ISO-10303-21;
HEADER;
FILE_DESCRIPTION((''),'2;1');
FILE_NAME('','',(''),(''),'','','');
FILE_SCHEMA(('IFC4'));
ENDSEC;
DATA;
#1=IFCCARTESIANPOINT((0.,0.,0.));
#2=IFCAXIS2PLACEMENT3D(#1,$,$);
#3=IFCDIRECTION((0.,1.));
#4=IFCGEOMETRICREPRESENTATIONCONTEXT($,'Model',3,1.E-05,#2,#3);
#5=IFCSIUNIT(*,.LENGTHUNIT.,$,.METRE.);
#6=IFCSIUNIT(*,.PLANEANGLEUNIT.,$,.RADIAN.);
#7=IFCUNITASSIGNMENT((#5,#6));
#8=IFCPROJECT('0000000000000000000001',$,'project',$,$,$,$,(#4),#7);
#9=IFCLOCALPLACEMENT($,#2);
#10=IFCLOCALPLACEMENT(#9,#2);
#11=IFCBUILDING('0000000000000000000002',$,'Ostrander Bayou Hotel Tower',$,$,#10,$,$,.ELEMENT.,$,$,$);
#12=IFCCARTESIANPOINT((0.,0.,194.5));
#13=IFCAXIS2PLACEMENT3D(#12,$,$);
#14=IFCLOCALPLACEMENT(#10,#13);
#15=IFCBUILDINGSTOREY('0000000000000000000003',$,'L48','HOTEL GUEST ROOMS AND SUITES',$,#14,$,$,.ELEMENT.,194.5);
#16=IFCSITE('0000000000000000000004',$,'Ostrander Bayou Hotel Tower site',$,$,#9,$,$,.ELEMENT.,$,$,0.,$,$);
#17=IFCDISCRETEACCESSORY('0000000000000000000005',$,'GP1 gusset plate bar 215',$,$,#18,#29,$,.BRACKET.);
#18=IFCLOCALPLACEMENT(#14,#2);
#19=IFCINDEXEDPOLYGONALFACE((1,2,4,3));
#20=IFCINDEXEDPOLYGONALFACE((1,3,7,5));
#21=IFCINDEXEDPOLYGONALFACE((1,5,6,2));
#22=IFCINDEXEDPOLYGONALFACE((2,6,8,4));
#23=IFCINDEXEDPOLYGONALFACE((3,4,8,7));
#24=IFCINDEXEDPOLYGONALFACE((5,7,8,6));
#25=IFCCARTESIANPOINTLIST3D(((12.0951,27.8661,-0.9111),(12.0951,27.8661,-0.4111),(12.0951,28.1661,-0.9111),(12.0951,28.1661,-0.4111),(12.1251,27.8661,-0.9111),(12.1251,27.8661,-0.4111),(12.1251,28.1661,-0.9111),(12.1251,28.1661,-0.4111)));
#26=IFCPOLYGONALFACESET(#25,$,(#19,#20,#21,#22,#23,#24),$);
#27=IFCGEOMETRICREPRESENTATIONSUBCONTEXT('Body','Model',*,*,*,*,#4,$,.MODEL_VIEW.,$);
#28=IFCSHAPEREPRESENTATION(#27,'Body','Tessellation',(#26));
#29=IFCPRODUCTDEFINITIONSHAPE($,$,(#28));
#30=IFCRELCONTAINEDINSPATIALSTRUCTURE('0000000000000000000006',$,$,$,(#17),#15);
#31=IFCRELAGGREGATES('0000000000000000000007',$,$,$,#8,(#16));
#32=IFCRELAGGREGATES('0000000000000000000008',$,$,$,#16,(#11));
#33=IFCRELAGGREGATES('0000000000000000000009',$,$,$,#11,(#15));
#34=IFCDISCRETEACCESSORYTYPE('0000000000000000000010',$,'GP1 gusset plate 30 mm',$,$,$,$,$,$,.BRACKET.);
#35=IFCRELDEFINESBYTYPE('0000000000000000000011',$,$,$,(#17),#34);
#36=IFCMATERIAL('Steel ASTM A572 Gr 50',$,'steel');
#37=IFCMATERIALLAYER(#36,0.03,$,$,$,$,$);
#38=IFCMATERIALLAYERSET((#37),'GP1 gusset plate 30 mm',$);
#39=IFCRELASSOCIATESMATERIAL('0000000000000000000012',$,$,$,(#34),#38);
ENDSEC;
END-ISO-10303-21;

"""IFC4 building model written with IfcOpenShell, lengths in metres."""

from ifc_helpers import new_model, si_unit, direction, frame, origin, origin_2d, place, context, subcontext, project, spatial, rectangle, extrude, material, layer, layer_set, type_object, element, save


model = new_model("IFC4")

# Units and contexts
model_context = context("Model", 3, precision=1e-05, world=origin(), true_north=direction((0.0, 1.0)))
body_context = subcontext(model_context, "Body", "Model", "MODEL_VIEW")
ifc_project = project(units=[si_unit("LENGTHUNIT", "METRE"), si_unit("PLANEANGLEUNIT", "RADIAN")], contexts=[model_context])

# Site, building, storey
site_placement = place(None, origin())
site = spatial("IfcSite", under=ifc_project, at=site_placement, Name="Ostrander Bayou Hotel Tower site", CompositionType="ELEMENT", RefElevation=0.0)
building_placement = place(site_placement, origin())
building = spatial("IfcBuilding", under=site, at=building_placement, Name="Ostrander Bayou Hotel Tower", CompositionType="ELEMENT")
storey_placement = place(building_placement, frame((0.0, 0.0, 194.5)))
storey = spatial("IfcBuildingStorey", under=building, at=storey_placement, Name="L48", Description="HOTEL GUEST ROOMS AND SUITES", CompositionType="ELEMENT", Elevation=194.5)

# Discrete accessory
ifc_material_1 = material(Name="Steel ASTM A572 Gr 50", Category="steel")
ifc_layer_1 = layer(ifc_material_1, 0.03)
ifc_layer_set_1 = layer_set([ifc_layer_1], Name="GP1 gusset plate 30 mm")
discrete_accessory_type = type_object("IfcDiscreteAccessoryType", Name="GP1 gusset plate 30 mm", PredefinedType="BRACKET", material=ifc_layer_set_1)
discrete_accessory_placement = place(storey_placement, frame((12.1101, 28.0161, -0.9111), z_axis=(0.0, 0.0, 1.0), x_axis=(0.0, -1.0, 0.0)))
element("IfcDiscreteAccessory", 1, at=discrete_accessory_placement, inside=storey, type_object=discrete_accessory_type, Name="GP1 gusset plate bar 215", PredefinedType="BRACKET", context=body_context, shape_type="SweptSolid", body=[
    extrude(rectangle(XDim=0.3, YDim=0.03, at=origin_2d()), origin(), (0.0, 0.0, 1.0), 0.5),
])

save(model, "model.ifc")
